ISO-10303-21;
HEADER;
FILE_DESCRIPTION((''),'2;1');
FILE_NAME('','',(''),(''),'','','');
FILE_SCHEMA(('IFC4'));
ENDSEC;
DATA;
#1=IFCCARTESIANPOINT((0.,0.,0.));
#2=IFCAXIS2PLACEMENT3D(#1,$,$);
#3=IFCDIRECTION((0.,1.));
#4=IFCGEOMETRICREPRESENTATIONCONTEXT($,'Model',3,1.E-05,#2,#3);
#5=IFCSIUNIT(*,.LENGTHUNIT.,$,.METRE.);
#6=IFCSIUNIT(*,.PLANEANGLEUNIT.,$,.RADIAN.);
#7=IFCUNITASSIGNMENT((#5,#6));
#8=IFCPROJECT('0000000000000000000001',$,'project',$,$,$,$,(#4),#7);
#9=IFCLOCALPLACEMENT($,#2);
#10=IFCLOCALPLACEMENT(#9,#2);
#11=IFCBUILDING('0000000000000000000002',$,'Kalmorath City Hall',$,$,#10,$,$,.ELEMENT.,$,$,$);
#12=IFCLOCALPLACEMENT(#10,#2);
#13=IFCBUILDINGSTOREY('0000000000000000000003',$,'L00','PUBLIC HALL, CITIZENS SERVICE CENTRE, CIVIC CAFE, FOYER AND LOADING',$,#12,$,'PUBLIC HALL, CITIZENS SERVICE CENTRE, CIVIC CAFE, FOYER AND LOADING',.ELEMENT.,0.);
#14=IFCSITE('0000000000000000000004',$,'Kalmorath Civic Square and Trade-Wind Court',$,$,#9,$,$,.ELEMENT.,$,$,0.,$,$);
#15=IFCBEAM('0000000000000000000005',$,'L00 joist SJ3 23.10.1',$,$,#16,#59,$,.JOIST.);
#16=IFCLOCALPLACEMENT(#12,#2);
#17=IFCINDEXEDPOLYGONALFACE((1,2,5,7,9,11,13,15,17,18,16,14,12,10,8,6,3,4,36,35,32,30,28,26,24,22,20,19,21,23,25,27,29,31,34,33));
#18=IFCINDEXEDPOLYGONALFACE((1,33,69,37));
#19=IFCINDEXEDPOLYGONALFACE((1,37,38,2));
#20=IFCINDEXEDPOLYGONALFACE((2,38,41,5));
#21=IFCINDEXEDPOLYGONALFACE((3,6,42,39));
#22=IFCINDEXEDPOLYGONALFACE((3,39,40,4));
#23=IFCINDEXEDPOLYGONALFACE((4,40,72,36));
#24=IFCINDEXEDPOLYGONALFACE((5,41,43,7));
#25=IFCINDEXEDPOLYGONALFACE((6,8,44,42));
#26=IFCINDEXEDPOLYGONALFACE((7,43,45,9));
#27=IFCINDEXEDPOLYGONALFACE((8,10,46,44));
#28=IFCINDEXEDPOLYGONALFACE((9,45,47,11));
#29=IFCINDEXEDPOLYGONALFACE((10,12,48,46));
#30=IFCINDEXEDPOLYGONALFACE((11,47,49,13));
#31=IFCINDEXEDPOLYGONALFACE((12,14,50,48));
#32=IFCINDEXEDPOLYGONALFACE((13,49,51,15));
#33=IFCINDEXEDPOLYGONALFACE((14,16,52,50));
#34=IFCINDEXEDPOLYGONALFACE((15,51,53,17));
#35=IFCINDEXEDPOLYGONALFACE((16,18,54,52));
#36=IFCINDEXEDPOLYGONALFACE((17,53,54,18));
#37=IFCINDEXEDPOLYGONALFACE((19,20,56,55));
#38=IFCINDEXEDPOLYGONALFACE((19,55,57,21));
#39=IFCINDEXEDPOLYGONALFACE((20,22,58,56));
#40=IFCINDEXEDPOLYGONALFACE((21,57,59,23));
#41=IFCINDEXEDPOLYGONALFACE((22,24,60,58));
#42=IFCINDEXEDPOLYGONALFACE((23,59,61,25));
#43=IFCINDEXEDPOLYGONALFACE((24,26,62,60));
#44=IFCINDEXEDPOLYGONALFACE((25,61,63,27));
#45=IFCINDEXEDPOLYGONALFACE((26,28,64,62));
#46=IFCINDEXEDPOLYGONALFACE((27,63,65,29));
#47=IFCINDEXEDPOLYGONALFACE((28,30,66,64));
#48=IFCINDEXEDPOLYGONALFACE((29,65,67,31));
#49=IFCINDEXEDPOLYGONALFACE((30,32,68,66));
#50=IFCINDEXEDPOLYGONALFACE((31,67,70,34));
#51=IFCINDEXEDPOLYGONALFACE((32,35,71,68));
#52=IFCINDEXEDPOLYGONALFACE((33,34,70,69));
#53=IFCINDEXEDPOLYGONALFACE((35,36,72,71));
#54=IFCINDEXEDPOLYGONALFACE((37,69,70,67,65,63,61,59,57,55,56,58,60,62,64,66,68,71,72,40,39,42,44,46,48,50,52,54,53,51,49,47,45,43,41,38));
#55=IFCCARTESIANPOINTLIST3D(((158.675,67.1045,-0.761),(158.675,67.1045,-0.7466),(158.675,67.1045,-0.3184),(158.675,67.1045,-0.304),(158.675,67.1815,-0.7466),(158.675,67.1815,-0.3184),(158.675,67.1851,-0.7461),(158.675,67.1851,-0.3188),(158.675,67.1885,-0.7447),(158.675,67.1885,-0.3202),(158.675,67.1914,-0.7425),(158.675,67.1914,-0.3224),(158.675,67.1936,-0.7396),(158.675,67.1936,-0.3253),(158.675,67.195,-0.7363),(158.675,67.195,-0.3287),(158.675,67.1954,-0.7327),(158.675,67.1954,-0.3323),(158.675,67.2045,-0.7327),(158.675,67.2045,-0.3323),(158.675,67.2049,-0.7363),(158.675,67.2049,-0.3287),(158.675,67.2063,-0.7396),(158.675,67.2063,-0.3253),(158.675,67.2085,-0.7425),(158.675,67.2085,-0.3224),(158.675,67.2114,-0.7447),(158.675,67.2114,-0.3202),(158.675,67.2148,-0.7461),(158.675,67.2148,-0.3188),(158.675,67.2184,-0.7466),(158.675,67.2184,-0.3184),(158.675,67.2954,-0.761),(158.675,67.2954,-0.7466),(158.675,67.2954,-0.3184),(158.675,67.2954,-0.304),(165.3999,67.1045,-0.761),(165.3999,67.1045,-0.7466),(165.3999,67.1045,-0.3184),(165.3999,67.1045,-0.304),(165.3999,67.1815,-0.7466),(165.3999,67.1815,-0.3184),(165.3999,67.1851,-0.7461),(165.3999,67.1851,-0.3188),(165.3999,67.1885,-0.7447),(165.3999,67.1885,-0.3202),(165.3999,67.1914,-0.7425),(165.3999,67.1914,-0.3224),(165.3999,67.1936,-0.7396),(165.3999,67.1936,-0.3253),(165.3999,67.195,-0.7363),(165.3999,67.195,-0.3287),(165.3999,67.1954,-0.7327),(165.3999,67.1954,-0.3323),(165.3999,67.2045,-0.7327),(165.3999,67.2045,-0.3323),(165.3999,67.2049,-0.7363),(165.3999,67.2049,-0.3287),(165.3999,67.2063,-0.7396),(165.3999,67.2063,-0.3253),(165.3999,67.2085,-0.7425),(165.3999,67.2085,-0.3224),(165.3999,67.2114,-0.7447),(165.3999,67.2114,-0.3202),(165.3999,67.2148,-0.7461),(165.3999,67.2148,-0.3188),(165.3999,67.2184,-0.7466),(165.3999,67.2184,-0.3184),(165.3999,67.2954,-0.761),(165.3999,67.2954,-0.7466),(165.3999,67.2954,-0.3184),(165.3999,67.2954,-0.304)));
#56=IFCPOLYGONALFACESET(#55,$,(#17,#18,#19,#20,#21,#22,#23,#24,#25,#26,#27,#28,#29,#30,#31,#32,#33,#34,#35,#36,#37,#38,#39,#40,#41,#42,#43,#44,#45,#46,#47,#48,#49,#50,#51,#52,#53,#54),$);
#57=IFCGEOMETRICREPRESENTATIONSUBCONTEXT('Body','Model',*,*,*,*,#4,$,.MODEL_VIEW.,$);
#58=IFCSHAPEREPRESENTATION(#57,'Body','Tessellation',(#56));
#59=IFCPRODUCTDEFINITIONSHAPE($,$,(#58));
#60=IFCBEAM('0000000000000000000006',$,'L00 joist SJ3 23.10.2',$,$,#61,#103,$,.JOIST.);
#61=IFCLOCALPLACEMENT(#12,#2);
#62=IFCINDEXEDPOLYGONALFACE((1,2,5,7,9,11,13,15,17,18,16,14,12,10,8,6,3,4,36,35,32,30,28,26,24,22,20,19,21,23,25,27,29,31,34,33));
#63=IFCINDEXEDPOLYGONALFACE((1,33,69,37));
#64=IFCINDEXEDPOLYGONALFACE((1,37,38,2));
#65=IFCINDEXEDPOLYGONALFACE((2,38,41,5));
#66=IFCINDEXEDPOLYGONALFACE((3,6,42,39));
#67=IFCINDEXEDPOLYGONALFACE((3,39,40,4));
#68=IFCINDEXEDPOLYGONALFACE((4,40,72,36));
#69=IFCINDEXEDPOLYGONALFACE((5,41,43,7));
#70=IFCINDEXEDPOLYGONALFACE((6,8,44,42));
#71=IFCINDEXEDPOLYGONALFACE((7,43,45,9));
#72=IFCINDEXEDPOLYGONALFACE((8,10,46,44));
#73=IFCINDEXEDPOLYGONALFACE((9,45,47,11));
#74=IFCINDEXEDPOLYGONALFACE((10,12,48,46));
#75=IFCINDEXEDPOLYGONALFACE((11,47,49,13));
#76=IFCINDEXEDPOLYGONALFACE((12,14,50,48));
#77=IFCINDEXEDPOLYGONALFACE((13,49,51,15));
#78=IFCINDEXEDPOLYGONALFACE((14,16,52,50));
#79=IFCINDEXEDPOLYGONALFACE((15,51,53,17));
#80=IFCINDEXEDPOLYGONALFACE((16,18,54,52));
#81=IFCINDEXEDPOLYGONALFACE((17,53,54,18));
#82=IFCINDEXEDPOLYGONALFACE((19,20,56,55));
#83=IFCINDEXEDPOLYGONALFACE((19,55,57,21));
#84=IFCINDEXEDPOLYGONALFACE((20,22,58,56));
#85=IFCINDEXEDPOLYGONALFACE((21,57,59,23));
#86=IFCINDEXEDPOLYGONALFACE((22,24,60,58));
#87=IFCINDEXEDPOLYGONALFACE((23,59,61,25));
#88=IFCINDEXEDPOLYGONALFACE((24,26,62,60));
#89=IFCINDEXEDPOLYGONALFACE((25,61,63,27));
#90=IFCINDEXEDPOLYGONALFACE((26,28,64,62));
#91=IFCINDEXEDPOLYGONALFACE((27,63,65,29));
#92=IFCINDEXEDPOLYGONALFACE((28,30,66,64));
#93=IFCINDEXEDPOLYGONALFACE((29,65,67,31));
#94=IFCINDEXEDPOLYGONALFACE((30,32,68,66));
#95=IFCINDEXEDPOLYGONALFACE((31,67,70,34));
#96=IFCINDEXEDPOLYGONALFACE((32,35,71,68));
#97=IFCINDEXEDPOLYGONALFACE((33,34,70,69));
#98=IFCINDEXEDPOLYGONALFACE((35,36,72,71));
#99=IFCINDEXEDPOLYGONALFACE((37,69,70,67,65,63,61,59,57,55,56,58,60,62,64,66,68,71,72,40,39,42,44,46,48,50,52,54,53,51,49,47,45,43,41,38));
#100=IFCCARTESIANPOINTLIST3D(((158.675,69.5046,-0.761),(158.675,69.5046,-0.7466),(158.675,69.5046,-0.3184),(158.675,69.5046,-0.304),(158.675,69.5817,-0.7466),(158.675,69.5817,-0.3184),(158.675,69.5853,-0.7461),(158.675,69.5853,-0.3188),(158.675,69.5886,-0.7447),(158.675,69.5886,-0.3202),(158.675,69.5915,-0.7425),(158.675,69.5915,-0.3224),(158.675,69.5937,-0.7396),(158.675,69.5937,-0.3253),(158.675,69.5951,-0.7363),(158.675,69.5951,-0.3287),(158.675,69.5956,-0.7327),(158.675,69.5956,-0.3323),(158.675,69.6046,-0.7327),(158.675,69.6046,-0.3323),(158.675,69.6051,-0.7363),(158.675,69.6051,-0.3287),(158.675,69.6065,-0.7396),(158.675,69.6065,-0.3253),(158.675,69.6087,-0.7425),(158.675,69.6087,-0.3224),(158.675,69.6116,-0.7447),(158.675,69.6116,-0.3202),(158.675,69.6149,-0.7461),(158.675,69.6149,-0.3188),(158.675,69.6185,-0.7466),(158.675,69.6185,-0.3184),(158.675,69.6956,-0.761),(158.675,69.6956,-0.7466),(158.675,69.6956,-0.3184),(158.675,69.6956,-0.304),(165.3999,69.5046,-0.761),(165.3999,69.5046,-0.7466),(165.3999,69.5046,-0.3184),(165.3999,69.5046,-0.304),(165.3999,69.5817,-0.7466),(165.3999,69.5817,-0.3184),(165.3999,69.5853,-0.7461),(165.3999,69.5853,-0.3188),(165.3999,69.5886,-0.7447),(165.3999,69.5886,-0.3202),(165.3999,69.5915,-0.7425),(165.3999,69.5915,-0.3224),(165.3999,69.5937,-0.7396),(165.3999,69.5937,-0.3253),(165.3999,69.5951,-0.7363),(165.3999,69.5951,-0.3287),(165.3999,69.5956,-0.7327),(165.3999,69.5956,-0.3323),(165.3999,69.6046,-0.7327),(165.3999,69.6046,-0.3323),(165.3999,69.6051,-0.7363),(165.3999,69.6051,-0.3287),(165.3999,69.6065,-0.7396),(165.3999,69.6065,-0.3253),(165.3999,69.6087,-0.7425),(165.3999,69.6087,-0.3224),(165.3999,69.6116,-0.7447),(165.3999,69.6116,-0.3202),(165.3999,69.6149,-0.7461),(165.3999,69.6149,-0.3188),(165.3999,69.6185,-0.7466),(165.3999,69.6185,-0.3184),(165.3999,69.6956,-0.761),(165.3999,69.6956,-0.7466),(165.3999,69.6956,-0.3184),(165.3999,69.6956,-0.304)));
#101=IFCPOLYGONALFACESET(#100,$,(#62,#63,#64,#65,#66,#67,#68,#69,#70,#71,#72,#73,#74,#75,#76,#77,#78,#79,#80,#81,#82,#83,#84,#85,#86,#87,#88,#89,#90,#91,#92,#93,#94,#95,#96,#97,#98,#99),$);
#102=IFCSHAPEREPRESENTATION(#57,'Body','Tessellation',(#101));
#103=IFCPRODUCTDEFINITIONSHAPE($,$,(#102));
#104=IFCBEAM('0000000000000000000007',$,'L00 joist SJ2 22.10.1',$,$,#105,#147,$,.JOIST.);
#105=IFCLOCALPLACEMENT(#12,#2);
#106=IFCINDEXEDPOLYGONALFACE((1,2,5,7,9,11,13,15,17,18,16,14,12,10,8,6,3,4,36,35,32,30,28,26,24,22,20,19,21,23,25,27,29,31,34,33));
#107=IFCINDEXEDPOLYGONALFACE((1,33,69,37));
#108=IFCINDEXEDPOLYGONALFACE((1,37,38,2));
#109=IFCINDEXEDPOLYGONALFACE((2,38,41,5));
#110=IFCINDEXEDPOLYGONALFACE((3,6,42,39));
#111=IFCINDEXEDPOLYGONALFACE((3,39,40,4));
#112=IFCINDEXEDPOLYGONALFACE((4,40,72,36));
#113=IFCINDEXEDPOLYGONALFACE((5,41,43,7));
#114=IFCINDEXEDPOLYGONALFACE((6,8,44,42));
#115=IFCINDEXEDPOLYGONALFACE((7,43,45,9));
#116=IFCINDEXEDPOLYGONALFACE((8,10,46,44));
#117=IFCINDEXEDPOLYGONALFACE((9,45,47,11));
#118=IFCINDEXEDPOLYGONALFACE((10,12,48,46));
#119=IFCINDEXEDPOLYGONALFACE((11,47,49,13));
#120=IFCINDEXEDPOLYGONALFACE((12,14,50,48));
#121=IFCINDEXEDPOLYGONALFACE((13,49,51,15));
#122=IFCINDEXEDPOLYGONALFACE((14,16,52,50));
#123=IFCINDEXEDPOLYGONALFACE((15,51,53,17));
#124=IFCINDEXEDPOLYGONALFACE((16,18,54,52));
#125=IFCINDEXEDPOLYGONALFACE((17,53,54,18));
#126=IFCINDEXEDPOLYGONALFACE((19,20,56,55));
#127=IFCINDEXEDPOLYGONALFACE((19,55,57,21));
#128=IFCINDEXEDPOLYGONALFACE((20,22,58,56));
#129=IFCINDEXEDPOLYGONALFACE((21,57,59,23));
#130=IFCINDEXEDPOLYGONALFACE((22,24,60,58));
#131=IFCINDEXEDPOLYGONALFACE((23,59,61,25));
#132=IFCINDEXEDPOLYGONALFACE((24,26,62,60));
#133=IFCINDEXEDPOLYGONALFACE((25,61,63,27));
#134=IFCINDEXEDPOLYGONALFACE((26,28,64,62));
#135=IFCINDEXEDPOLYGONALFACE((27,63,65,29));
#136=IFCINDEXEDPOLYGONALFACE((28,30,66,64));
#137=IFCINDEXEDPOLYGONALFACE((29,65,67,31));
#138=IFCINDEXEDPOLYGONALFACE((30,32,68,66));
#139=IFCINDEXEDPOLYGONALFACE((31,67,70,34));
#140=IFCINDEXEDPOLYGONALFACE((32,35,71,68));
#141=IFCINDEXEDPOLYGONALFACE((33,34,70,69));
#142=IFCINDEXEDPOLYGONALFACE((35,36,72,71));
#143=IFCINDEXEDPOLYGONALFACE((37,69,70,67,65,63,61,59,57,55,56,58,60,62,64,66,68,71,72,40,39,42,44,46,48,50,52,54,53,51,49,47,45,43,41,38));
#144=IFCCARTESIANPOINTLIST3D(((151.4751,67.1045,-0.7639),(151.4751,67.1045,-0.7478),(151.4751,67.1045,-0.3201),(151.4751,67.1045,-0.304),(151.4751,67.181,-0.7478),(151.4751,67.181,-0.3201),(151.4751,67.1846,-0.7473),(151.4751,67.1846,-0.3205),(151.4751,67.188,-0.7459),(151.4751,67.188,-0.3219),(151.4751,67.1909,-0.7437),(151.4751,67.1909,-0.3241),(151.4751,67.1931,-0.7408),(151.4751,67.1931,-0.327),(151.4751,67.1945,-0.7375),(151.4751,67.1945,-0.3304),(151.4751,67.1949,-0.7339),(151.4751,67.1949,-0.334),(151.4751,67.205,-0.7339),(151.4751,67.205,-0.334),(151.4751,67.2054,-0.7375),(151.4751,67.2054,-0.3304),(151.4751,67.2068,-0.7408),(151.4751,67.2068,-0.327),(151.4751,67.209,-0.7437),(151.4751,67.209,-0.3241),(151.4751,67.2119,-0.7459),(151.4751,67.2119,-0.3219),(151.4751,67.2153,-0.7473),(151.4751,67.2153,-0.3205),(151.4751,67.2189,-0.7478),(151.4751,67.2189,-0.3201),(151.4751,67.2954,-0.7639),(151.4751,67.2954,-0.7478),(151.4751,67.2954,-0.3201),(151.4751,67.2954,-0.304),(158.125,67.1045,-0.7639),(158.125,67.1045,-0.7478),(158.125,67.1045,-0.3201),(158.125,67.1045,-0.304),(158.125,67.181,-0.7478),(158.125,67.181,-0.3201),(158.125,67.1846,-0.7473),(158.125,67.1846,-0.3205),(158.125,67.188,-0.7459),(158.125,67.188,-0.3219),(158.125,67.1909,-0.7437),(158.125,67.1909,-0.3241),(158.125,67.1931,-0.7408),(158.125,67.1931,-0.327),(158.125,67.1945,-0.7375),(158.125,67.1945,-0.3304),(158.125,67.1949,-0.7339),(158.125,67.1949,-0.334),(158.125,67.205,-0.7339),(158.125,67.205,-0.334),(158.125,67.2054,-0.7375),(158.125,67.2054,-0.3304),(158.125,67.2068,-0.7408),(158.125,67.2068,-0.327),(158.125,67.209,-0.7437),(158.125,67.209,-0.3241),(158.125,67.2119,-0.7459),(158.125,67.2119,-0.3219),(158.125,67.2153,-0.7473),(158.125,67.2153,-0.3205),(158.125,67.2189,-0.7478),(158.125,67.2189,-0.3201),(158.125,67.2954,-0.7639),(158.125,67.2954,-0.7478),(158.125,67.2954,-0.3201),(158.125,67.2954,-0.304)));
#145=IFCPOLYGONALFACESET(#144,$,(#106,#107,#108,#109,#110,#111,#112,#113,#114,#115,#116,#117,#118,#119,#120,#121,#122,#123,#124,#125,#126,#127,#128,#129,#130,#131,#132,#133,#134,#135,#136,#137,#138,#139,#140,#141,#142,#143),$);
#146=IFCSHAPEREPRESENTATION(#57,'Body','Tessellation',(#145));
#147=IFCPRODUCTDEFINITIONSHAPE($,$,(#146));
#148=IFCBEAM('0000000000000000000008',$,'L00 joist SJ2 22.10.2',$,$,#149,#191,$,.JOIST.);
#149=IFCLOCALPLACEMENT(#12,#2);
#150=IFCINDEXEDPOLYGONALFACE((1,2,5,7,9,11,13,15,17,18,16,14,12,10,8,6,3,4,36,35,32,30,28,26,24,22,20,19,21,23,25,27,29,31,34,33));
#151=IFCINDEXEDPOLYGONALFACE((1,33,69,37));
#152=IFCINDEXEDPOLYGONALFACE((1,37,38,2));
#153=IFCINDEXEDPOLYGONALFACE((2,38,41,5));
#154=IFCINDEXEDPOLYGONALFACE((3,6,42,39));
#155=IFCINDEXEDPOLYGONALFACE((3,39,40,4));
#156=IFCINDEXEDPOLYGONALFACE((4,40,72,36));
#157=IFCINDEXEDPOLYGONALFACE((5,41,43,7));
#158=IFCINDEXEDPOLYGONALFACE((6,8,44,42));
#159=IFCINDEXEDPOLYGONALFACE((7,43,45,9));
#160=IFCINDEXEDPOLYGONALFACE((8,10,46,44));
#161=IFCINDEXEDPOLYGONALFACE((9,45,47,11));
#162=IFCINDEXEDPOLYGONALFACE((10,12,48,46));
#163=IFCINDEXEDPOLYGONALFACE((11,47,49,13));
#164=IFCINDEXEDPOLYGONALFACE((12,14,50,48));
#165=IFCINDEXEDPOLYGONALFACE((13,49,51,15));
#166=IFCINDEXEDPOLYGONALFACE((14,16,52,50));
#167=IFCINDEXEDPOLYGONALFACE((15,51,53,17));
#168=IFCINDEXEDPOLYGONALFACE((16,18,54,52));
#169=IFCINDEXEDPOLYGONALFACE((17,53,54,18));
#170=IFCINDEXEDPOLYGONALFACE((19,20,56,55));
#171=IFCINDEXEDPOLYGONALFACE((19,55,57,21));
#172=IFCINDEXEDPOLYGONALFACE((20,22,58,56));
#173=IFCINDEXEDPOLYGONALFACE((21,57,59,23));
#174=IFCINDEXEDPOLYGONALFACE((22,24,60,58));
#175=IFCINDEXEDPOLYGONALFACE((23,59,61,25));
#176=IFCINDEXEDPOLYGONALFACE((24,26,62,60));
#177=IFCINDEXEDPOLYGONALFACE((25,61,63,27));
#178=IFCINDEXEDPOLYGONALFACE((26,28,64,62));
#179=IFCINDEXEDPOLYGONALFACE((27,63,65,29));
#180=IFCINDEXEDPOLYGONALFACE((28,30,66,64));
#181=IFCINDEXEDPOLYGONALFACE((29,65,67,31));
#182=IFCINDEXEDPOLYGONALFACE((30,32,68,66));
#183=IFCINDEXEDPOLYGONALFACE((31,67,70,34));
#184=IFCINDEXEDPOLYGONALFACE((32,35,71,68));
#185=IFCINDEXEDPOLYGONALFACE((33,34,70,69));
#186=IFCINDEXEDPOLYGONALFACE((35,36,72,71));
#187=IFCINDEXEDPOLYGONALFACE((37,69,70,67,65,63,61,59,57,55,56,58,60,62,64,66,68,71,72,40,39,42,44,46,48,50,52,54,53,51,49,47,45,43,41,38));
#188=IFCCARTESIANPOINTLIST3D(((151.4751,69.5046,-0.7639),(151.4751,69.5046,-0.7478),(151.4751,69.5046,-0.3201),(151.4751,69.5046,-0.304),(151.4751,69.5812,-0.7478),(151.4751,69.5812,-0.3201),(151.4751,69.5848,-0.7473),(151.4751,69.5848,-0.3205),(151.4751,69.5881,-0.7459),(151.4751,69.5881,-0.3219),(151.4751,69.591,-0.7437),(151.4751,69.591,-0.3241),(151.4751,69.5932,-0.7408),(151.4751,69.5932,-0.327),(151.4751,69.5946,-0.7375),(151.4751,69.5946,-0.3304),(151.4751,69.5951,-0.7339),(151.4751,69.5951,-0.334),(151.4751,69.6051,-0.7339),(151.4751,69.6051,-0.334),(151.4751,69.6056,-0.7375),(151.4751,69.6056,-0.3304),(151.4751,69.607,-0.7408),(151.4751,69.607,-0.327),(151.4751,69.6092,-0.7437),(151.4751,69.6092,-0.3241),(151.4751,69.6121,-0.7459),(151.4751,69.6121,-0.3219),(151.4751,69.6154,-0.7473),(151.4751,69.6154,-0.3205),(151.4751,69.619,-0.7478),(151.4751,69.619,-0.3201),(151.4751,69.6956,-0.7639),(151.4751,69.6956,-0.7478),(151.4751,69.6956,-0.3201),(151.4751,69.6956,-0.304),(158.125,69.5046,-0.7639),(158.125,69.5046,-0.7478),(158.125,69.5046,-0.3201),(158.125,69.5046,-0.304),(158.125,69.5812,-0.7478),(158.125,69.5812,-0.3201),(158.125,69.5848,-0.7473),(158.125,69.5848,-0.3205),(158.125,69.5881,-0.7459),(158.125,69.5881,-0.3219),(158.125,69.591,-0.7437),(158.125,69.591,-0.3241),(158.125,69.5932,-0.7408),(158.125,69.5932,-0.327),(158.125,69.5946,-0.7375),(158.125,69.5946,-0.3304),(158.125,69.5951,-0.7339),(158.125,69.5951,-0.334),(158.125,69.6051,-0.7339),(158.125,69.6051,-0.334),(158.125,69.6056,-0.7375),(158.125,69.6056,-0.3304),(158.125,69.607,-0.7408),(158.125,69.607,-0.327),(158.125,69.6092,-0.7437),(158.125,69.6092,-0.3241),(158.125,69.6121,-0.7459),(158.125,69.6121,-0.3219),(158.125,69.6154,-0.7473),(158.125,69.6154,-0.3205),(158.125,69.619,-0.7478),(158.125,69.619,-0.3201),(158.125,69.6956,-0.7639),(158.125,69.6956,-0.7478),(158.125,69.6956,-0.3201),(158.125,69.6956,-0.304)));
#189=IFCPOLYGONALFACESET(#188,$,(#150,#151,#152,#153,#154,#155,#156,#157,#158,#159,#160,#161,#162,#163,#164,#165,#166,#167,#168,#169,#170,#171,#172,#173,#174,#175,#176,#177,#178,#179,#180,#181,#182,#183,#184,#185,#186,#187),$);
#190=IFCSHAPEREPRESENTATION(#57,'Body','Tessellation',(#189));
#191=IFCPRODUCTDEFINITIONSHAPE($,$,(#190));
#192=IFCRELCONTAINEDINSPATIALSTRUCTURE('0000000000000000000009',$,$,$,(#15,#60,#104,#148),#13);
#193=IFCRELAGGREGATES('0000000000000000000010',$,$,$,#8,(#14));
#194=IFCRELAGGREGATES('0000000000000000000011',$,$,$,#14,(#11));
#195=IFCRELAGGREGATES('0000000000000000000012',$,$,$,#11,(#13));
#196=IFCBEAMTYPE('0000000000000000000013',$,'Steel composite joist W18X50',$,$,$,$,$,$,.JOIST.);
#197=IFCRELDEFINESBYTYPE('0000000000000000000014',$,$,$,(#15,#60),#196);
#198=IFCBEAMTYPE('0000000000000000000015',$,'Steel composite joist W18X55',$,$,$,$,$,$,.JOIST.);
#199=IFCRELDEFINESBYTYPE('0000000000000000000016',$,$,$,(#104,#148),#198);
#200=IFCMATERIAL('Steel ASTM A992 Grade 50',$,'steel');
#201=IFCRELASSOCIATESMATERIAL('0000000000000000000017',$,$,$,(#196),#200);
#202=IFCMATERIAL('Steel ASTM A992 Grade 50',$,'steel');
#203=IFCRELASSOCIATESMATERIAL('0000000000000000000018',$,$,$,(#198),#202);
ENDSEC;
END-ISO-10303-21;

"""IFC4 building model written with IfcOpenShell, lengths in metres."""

from ifc_helpers import new_model, si_unit, direction, frame, origin, origin_2d, place, context, subcontext, project, spatial, i_section, extrude, material, material_profile, profile_set, type_object, element, save


model = new_model("IFC4")

# Units and contexts
model_context = context("Model", 3, precision=1e-05, world=origin(), true_north=direction((0.0, 1.0)))
body_context = subcontext(model_context, "Body", "Model", "MODEL_VIEW")
ifc_project = project(units=[si_unit("LENGTHUNIT", "METRE"), si_unit("PLANEANGLEUNIT", "RADIAN")], contexts=[model_context])

# Site, building, storey
site_placement = place(None, origin())
site = spatial("IfcSite", under=ifc_project, at=site_placement, Name="Kalmorath Civic Square and Trade-Wind Court", CompositionType="ELEMENT", RefElevation=0.0)
building_placement = place(site_placement, origin())
building = spatial("IfcBuilding", under=site, at=building_placement, Name="Kalmorath City Hall", CompositionType="ELEMENT")
storey_placement = place(building_placement, origin())
storey = spatial("IfcBuildingStorey", under=building, at=storey_placement, Name="L00", Description="PUBLIC HALL, CITIZENS SERVICE CENTRE, CIVIC CAFE, FOYER AND LOADING", LongName="PUBLIC HALL, CITIZENS SERVICE CENTRE, CIVIC CAFE, FOYER AND LOADING", CompositionType="ELEMENT", Elevation=0.0)

# Beams
ifc_material_1 = material(Name="Steel ASTM A992 Grade 50", Category="steel")
ifc_material_profile_1 = material_profile(ifc_material_1, i_section(OverallWidth=0.1909, OverallDepth=0.457, WebThickness=0.009, FlangeThickness=0.0144, FilletRadius=0.0139, at=origin_2d()), Name="W18X50")
ifc_profile_set_1 = profile_set([ifc_material_profile_1], Name="Steel ASTM A992 Grade 50")
beam_type_1 = type_object("IfcBeamType", Name="Steel composite joist W18X50", PredefinedType="JOIST", material=ifc_profile_set_1)
for number, where, z_axis, x_axis, name in (
    (1, (158.675, 67.2, -0.5325), (1.0, 0.0, 0.0), (0.0, 1.0, 0.0), "L00 joist SJ3 23.10.1"),
    (2, (158.675, 69.6001, -0.5325), (1.0, 0.0, 0.0), (0.0, 1.0, 0.0), "L00 joist SJ3 23.10.2"),
):
    element("IfcBeam", number, at=place(storey_placement, frame(where, z_axis=z_axis, x_axis=x_axis)), inside=storey, type_object=beam_type_1, Name=name, PredefinedType="JOIST", context=body_context, shape_type="SweptSolid", body=[
        extrude(i_section(OverallWidth=0.1909, OverallDepth=0.457, WebThickness=0.009, FlangeThickness=0.0144, FilletRadius=0.0139, at=origin_2d()), origin(), (0.0, 0.0, 1.0), 6.7249),
    ])
ifc_material_2 = material(Name="Steel ASTM A992 Grade 50", Category="steel")
ifc_material_profile_2 = material_profile(ifc_material_2, i_section(OverallWidth=0.1909, OverallDepth=0.46, WebThickness=0.01, FlangeThickness=0.0161, FilletRadius=0.0139, at=origin_2d()), Name="W18X55")
ifc_profile_set_2 = profile_set([ifc_material_profile_2], Name="Steel ASTM A992 Grade 50")
beam_type_2 = type_object("IfcBeamType", Name="Steel composite joist W18X55", PredefinedType="JOIST", material=ifc_profile_set_2)
for number, where, z_axis, x_axis, name in (
    (3, (151.4751, 67.2, -0.5339), (1.0, 0.0, 0.0), (0.0, 1.0, 0.0), "L00 joist SJ2 22.10.1"),
    (4, (151.4751, 69.6001, -0.5339), (1.0, 0.0, 0.0), (0.0, 1.0, 0.0), "L00 joist SJ2 22.10.2"),
):
    element("IfcBeam", number, at=place(storey_placement, frame(where, z_axis=z_axis, x_axis=x_axis)), inside=storey, type_object=beam_type_2, Name=name, PredefinedType="JOIST", context=body_context, shape_type="SweptSolid", body=[
        extrude(i_section(OverallWidth=0.1909, OverallDepth=0.46, WebThickness=0.01, FlangeThickness=0.0161, FilletRadius=0.0139, at=origin_2d()), origin(), (0.0, 0.0, 1.0), 6.6499),
    ])

save(model, "model.ifc")
